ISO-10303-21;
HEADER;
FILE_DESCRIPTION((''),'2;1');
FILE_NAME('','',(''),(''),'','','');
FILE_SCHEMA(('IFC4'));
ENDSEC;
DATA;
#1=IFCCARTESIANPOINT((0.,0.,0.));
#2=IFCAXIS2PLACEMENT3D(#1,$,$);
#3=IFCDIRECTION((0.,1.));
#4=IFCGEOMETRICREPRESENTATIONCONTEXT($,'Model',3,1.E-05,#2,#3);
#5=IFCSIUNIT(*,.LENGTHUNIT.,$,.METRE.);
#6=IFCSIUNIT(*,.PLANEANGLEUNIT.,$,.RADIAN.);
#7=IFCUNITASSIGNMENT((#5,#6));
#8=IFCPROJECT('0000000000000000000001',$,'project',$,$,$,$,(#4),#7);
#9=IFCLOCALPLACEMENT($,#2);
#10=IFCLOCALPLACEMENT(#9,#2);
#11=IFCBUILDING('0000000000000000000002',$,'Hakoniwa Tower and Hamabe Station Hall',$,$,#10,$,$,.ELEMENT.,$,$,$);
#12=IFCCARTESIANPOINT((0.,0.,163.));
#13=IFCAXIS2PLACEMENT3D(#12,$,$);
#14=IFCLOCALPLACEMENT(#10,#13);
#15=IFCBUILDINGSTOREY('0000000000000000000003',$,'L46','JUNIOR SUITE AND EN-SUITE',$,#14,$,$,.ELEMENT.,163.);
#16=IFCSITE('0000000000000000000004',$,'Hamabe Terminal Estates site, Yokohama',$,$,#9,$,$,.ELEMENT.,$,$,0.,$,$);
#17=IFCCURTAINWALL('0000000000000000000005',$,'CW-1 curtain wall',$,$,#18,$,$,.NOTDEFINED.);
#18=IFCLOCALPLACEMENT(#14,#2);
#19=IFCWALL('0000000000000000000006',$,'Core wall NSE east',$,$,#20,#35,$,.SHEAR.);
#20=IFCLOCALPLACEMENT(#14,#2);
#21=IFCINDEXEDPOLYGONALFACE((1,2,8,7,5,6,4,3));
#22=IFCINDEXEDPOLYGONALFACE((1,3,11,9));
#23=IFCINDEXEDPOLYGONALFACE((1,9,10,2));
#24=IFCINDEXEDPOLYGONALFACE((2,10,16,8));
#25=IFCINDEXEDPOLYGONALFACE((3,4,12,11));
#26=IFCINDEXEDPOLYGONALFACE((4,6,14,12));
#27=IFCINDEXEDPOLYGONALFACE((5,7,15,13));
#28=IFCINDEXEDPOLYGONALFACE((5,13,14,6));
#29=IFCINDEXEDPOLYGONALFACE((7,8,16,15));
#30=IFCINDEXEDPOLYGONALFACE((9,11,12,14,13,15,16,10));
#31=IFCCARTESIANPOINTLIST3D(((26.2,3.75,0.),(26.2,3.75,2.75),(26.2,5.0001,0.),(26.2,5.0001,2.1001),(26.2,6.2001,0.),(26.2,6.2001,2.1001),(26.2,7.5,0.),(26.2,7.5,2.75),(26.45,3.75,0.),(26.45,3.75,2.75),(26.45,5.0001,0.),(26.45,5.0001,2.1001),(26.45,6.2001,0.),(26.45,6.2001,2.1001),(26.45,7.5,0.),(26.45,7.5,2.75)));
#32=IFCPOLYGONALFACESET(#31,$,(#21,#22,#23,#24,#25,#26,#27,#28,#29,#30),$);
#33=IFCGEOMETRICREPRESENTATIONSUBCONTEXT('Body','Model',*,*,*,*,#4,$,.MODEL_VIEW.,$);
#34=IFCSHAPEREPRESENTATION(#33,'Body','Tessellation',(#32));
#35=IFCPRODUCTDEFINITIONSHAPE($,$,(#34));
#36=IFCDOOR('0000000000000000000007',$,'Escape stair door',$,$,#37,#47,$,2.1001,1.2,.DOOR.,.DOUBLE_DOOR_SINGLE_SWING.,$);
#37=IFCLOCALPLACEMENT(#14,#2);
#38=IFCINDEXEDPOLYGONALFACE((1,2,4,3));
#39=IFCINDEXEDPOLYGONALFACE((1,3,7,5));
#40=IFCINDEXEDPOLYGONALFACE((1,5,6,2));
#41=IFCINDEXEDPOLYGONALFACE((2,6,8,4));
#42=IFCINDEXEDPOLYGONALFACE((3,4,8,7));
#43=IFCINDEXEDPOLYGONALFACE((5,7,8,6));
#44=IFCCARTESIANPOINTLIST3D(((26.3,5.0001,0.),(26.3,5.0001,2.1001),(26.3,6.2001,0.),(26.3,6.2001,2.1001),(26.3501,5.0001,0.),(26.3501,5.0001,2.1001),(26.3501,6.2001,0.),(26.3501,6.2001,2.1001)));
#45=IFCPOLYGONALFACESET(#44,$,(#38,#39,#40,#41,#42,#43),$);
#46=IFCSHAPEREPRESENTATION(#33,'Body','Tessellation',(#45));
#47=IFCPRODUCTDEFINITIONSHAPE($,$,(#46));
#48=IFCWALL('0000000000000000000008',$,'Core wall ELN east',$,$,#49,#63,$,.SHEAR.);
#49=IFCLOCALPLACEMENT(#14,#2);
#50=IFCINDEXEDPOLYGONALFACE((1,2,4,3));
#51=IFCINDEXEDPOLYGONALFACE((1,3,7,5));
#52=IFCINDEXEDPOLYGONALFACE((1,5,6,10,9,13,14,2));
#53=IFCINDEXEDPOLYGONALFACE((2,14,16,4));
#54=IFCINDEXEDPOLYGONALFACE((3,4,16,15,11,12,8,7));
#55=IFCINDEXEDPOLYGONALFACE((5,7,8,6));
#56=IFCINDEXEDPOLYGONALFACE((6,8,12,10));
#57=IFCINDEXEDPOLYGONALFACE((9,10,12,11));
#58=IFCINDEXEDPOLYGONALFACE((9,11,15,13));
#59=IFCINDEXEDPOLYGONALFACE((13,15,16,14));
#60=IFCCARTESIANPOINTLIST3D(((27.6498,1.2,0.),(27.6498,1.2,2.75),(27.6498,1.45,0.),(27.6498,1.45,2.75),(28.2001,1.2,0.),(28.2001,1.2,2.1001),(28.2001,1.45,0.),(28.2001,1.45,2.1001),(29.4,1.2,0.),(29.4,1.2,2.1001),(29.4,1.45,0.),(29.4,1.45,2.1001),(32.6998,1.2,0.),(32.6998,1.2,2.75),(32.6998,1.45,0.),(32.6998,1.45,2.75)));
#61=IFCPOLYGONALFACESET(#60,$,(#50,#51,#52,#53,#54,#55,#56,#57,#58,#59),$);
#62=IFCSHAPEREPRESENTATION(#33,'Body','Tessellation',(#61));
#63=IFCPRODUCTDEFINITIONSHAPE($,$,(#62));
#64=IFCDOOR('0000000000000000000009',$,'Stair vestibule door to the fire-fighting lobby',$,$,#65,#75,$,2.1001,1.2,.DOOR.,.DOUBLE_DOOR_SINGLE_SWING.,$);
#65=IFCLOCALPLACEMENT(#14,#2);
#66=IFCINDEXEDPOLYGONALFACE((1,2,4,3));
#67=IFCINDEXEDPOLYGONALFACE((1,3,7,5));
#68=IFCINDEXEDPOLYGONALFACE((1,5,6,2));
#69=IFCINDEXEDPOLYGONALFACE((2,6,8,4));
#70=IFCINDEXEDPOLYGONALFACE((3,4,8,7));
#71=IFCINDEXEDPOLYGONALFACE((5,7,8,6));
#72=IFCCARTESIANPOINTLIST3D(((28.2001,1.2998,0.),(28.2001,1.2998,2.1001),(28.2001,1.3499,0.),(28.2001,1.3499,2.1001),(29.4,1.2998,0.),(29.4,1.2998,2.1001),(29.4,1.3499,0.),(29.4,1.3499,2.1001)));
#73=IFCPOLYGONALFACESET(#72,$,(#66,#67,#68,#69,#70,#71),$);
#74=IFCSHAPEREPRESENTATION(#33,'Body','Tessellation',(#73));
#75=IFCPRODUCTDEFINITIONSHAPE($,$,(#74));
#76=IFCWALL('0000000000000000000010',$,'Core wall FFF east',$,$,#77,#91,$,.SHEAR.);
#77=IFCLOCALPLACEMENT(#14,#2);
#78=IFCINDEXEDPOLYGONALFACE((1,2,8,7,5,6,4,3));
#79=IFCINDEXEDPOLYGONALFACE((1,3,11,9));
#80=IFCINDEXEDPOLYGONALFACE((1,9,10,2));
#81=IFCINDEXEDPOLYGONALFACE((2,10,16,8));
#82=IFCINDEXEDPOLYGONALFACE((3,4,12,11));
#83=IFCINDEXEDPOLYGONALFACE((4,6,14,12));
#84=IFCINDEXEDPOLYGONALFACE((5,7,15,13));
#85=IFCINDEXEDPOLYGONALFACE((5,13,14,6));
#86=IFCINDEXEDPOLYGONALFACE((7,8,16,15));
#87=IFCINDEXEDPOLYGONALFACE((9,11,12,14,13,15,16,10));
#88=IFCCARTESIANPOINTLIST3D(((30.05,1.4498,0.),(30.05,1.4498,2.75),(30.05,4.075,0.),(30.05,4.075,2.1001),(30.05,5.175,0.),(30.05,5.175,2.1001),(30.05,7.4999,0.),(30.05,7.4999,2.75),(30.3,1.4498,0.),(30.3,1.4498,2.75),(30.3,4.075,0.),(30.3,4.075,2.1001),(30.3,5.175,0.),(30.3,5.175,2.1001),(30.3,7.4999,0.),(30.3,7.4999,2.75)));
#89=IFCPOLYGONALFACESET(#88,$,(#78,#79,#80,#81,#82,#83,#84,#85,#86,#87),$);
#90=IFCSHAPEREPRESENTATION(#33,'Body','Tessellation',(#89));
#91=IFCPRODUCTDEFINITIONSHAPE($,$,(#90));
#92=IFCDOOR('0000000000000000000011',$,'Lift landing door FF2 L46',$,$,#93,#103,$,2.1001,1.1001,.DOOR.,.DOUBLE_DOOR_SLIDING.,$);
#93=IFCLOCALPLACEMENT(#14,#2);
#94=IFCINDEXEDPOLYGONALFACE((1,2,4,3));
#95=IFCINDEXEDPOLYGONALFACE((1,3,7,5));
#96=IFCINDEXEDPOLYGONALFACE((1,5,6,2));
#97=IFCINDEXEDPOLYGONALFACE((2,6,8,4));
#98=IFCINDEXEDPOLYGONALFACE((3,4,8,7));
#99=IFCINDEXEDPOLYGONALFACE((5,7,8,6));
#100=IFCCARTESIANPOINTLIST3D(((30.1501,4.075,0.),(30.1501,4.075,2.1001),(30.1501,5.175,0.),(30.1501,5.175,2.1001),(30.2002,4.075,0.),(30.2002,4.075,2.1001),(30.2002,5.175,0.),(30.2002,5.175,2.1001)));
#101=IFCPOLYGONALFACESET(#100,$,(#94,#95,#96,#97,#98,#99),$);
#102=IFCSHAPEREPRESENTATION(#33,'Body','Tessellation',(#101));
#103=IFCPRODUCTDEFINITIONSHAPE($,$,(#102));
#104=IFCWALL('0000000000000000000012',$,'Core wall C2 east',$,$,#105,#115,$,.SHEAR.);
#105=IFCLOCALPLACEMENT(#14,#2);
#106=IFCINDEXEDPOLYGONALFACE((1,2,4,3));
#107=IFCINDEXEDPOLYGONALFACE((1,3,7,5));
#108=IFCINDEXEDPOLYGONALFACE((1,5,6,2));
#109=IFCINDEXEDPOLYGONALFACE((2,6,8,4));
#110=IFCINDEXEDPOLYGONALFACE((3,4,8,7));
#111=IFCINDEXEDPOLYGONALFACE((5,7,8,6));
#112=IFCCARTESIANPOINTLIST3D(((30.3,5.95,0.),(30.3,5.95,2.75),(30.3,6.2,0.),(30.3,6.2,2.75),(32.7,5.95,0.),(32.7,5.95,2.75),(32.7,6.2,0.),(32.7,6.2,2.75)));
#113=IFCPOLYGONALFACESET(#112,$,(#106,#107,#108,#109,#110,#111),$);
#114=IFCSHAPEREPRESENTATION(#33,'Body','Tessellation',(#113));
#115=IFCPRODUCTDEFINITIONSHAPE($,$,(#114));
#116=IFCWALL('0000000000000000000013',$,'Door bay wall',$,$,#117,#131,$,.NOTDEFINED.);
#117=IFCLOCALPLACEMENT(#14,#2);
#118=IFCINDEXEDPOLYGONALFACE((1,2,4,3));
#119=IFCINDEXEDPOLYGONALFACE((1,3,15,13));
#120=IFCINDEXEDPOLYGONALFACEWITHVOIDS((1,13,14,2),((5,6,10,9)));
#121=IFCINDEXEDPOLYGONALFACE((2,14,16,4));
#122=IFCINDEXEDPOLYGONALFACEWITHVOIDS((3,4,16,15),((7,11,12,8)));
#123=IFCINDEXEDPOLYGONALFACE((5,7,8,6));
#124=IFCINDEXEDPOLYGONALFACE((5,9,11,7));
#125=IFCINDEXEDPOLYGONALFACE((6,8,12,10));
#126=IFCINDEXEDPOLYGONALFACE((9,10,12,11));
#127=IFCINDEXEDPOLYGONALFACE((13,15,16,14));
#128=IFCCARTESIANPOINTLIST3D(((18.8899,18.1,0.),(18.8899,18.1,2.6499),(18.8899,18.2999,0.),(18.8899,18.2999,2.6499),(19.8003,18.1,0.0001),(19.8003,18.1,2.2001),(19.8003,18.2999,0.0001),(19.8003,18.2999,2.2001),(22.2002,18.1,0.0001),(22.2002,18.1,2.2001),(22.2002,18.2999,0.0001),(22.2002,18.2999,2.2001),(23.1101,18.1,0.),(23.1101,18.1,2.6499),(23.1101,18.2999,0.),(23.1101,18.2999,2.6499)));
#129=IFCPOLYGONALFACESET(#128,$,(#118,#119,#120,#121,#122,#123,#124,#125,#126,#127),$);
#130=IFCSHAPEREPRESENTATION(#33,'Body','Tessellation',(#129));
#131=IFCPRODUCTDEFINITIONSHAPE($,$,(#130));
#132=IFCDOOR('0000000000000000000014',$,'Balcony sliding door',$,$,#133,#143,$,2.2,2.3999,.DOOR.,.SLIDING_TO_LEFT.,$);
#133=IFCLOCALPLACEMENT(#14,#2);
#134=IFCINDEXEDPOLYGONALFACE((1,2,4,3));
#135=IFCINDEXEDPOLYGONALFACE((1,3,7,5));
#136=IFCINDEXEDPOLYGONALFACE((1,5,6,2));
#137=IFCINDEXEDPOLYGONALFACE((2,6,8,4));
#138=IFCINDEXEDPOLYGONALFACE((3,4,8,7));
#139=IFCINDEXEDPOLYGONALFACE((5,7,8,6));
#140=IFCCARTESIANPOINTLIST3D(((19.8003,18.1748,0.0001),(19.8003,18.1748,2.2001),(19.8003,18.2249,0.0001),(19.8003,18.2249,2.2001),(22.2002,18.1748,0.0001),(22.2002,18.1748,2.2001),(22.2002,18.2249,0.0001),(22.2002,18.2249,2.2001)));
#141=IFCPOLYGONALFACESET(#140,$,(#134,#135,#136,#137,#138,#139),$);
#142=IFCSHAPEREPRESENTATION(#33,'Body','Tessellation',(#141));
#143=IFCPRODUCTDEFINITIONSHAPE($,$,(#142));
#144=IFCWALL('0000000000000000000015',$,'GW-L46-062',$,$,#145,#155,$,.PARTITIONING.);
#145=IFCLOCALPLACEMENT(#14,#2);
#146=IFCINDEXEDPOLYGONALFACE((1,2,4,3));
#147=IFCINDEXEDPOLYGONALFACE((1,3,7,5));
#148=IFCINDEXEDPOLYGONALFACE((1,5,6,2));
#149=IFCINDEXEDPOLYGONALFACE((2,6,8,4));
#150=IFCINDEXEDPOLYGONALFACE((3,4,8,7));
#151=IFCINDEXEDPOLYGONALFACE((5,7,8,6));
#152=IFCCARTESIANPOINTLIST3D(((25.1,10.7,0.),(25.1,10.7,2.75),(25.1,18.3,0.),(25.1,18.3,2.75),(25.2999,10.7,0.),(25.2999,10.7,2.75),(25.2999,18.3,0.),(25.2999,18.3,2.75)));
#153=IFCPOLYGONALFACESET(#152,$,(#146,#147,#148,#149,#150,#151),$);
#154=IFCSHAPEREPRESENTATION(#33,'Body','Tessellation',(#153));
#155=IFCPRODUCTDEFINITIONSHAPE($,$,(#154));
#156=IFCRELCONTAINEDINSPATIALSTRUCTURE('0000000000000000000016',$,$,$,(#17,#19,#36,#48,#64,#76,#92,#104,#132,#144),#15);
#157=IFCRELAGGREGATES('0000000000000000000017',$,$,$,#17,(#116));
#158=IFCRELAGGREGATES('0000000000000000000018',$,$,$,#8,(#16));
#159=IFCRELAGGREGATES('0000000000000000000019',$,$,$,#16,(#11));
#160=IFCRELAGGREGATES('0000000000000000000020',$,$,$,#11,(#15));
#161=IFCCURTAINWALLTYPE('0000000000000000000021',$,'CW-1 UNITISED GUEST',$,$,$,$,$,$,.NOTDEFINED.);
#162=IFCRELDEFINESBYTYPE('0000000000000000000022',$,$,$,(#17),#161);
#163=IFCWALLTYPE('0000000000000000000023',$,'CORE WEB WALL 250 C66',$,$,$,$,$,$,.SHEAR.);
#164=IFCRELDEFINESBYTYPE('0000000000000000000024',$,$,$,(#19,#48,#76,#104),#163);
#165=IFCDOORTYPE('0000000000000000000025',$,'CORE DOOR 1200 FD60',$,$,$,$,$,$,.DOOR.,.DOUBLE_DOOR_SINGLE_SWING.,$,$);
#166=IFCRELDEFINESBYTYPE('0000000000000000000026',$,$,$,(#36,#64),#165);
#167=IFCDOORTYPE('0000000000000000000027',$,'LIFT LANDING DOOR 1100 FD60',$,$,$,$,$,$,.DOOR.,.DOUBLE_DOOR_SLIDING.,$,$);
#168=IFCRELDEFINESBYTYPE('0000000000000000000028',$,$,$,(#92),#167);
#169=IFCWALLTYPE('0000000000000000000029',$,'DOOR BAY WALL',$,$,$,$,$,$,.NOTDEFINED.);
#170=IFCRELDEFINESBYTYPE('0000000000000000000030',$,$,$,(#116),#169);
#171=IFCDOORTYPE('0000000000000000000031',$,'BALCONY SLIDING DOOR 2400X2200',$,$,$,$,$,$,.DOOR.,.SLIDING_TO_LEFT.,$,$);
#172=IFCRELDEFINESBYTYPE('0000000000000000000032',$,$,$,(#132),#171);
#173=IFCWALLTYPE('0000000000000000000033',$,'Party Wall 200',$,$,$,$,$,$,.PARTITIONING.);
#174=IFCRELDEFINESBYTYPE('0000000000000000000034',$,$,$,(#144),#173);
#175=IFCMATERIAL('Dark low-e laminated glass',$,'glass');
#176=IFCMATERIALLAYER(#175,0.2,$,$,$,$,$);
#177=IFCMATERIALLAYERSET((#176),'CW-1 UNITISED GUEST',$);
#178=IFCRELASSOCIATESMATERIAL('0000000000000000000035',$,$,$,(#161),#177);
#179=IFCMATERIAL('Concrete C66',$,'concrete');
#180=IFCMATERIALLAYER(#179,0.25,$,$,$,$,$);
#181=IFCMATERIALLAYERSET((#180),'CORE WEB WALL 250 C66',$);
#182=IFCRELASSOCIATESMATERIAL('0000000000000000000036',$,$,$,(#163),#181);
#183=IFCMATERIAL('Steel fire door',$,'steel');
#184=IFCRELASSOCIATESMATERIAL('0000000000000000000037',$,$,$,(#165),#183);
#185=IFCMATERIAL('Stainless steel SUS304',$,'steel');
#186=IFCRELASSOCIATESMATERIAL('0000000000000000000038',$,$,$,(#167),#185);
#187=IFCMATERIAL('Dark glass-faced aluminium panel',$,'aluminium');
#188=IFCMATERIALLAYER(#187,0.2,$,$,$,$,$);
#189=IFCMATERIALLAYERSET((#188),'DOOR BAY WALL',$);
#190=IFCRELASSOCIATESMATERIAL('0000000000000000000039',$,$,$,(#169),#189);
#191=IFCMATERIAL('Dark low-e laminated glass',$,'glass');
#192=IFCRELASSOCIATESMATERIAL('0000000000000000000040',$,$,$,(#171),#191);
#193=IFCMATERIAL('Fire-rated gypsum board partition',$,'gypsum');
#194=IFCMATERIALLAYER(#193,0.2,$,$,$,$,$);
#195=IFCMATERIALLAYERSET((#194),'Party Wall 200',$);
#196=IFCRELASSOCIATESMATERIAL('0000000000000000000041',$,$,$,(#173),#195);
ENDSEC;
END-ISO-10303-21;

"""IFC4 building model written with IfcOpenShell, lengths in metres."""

from ifc_helpers import new_model, si_unit, direction, frame, frame_2d, origin, place, context, subcontext, project, spatial, rectangle, extrude, material, layer, layer_set, type_object, element, fill, aggregate, save


model = new_model("IFC4")

# Units and contexts
model_context = context("Model", 3, precision=1e-05, world=origin(), true_north=direction((0.0, 1.0)))
body_context = subcontext(model_context, "Body", "Model", "MODEL_VIEW")
ifc_project = project(units=[si_unit("LENGTHUNIT", "METRE"), si_unit("PLANEANGLEUNIT", "RADIAN")], contexts=[model_context])

# Site, building, storey
site_placement = place(None, origin())
site = spatial("IfcSite", under=ifc_project, at=site_placement, Name="Hamabe Terminal Estates site, Yokohama", CompositionType="ELEMENT", RefElevation=0.0)
building_placement = place(site_placement, origin())
building = spatial("IfcBuilding", under=site, at=building_placement, Name="Hakoniwa Tower and Hamabe Station Hall", CompositionType="ELEMENT")
storey_placement = place(building_placement, frame((0.0, 0.0, 163.0)))
storey = spatial("IfcBuildingStorey", under=building, at=storey_placement, Name="L46", Description="JUNIOR SUITE AND EN-SUITE", CompositionType="ELEMENT", Elevation=163.0)

# Curtain wall
ifc_material_1 = material(Name="Dark low-e laminated glass", Category="glass")
ifc_layer_1 = layer(ifc_material_1, 0.2)
ifc_layer_set_1 = layer_set([ifc_layer_1], Name="CW-1 UNITISED GUEST")
curtain_wall_type = type_object("IfcCurtainWallType", Name="CW-1 UNITISED GUEST", PredefinedType="NOTDEFINED", material=ifc_layer_set_1)
curtain_wall_placement = place(storey_placement, origin())
curtain_wall = element("IfcCurtainWall", 1, at=curtain_wall_placement, inside=storey, type_object=curtain_wall_type, Name="CW-1 curtain wall", PredefinedType="NOTDEFINED")

# Shared definitions
ifc_material_2 = material(Name="Concrete C66", Category="concrete")
ifc_layer_2 = layer(ifc_material_2, 0.25)
ifc_layer_set_2 = layer_set([ifc_layer_2], Name="CORE WEB WALL 250 C66")
wall_type_1 = type_object("IfcWallType", Name="CORE WEB WALL 250 C66", PredefinedType="SHEAR", material=ifc_layer_set_2)

# Walls, openings, doors
wall_1_placement = place(storey_placement, frame((26.325, 3.75, 0.0), z_axis=(0.0, 0.0, 1.0), x_axis=(0.0, 1.0, 0.0)))
wall_1 = element("IfcWall", 2, at=wall_1_placement, inside=storey, type_object=wall_type_1, Name="Core wall NSE east", PredefinedType="SHEAR", context=body_context, shape_type="SweptSolid", body=[
    extrude(rectangle(XDim=3.75, YDim=0.25, at=frame_2d((1.875, 0.0))), origin(), (0.0, 0.0, 1.0), 2.75),
])
opening_1_placement = place(wall_1_placement, frame((1.25, 0.0, 0.0)))
opening_1 = element("IfcOpeningElement", 3, at=opening_1_placement, cuts=wall_1, PredefinedType="OPENING", context=body_context, shape_type="SweptSolid", body=[
    extrude(rectangle(XDim=1.2, YDim=2.1001, at=frame_2d((0.6001, 1.05))), frame((0.0, 0.135, 0.0), z_axis=(0.0, -1.0, 0.0), x_axis=(1.0, 0.0, 0.0)), (0.0, 0.0, 1.0), 0.27),
])
ifc_material_3 = material(Name="Steel fire door", Category="steel")
door_type_1 = type_object("IfcDoorType", Name="CORE DOOR 1200 FD60", OperationType="DOUBLE_DOOR_SINGLE_SWING", PredefinedType="DOOR", material=ifc_material_3)
door_1_placement = place(opening_1_placement, origin())
door_1 = element("IfcDoor", 4, at=door_1_placement, inside=storey, type_object=door_type_1, Name="Escape stair door", OperationType="DOUBLE_DOOR_SINGLE_SWING", OverallHeight=2.1001, OverallWidth=1.2, PredefinedType="DOOR", context=body_context, shape_type="SweptSolid", body=[
    extrude(rectangle(XDim=1.2, YDim=2.1001, at=frame_2d((0.6001, 1.05))), frame((0.0, 0.0249, 0.0), z_axis=(0.0, -1.0, 0.0), x_axis=(1.0, 0.0, 0.0)), (0.0, 0.0, 1.0), 0.05),
])
fill(opening_1, door_1)
wall_2_placement = place(storey_placement, frame((27.6499, 1.325, 0.0), z_axis=(0.0, 0.0, 1.0), x_axis=(1.0, 0.0, 0.0)))
wall_2 = element("IfcWall", 5, at=wall_2_placement, inside=storey, type_object=wall_type_1, Name="Core wall ELN east", PredefinedType="SHEAR", context=body_context, shape_type="SweptSolid", body=[
    extrude(rectangle(XDim=5.05, YDim=0.25, at=frame_2d((2.5249, 0.0))), origin(), (0.0, 0.0, 1.0), 2.75),
])
opening_2_placement = place(wall_2_placement, frame((0.55, 0.0, 0.0)))
opening_2 = element("IfcOpeningElement", 6, at=opening_2_placement, cuts=wall_2, PredefinedType="OPENING", context=body_context, shape_type="SweptSolid", body=[
    extrude(rectangle(XDim=1.2, YDim=2.1001, at=frame_2d((0.6001, 1.05))), frame((0.0, 0.135, 0.0), z_axis=(0.0, -1.0, 0.0), x_axis=(1.0, 0.0, 0.0)), (0.0, 0.0, 1.0), 0.27),
])
door_2_placement = place(opening_2_placement, origin())
door_2 = element("IfcDoor", 7, at=door_2_placement, inside=storey, type_object=door_type_1, Name="Stair vestibule door to the fire-fighting lobby", OperationType="DOUBLE_DOOR_SINGLE_SWING", OverallHeight=2.1001, OverallWidth=1.2, PredefinedType="DOOR", context=body_context, shape_type="SweptSolid", body=[
    extrude(rectangle(XDim=1.2, YDim=2.1001, at=frame_2d((0.6001, 1.05))), frame((0.0, 0.0249, 0.0), z_axis=(0.0, -1.0, 0.0), x_axis=(1.0, 0.0, 0.0)), (0.0, 0.0, 1.0), 0.05),
])
fill(opening_2, door_2)
wall_3_placement = place(storey_placement, frame((30.175, 1.45, 0.0), z_axis=(0.0, 0.0, 1.0), x_axis=(0.0, 1.0, 0.0)))
wall_3 = element("IfcWall", 8, at=wall_3_placement, inside=storey, type_object=wall_type_1, Name="Core wall FFF east", PredefinedType="SHEAR", context=body_context, shape_type="SweptSolid", body=[
    extrude(rectangle(XDim=6.05, YDim=0.25, at=frame_2d((3.0249, 0.0))), origin(), (0.0, 0.0, 1.0), 2.75),
])
opening_3_placement = place(wall_3_placement, frame((2.625, 0.0, 0.0)))
opening_3 = element("IfcOpeningElement", 9, at=opening_3_placement, cuts=wall_3, PredefinedType="OPENING", context=body_context, shape_type="SweptSolid", body=[
    extrude(rectangle(XDim=1.1001, YDim=2.1001, at=frame_2d((0.55, 1.05))), frame((0.0, 0.135, 0.0), z_axis=(0.0, -1.0, 0.0), x_axis=(1.0, 0.0, 0.0)), (0.0, 0.0, 1.0), 0.27),
])
ifc_material_4 = material(Name="Stainless steel SUS304", Category="steel")
door_type_2 = type_object("IfcDoorType", Name="LIFT LANDING DOOR 1100 FD60", OperationType="DOUBLE_DOOR_SLIDING", PredefinedType="DOOR", material=ifc_material_4)
door_3_placement = place(opening_3_placement, origin())
door_3 = element("IfcDoor", 10, at=door_3_placement, inside=storey, type_object=door_type_2, Name="Lift landing door FF2 L46", OperationType="DOUBLE_DOOR_SLIDING", OverallHeight=2.1001, OverallWidth=1.1001, PredefinedType="DOOR", context=body_context, shape_type="SweptSolid", body=[
    extrude(rectangle(XDim=1.1001, YDim=2.1001, at=frame_2d((0.55, 1.05))), frame((0.0, 0.0249, 0.0), z_axis=(0.0, -1.0, 0.0), x_axis=(1.0, 0.0, 0.0)), (0.0, 0.0, 1.0), 0.05),
])
fill(opening_3, door_3)

# Wall
wall_4_placement = place(storey_placement, frame((30.3, 6.075, 0.0), z_axis=(0.0, 0.0, 1.0), x_axis=(1.0, 0.0, 0.0)))
element("IfcWall", 11, at=wall_4_placement, inside=storey, type_object=wall_type_1, Name="Core wall C2 east", PredefinedType="SHEAR", context=body_context, shape_type="SweptSolid", body=[
    extrude(rectangle(XDim=2.3999, YDim=0.25, at=frame_2d((1.2, 0.0))), origin(), (0.0, 0.0, 1.0), 2.75),
])

# Wall, opening, door
ifc_material_5 = material(Name="Dark glass-faced aluminium panel", Category="aluminium")
ifc_layer_3 = layer(ifc_material_5, 0.2)
ifc_layer_set_3 = layer_set([ifc_layer_3], Name="DOOR BAY WALL")
wall_type_2 = type_object("IfcWallType", Name="DOOR BAY WALL", PredefinedType="NOTDEFINED", material=ifc_layer_set_3)
wall_5_placement = place(storey_placement, frame((23.1101, 18.2, 0.0), z_axis=(0.0, 0.0, 1.0), x_axis=(-1.0, 0.0, 0.0)))
wall_5 = element("IfcWall", 12, at=wall_5_placement, type_object=wall_type_2, Name="Door bay wall", PredefinedType="NOTDEFINED", context=body_context, shape_type="SweptSolid", body=[
    extrude(rectangle(XDim=4.2202, YDim=0.2, at=frame_2d((2.1101, 0.0))), origin(), (0.0, 0.0, 1.0), 2.6499),
])
opening_4_placement = place(wall_5_placement, frame((0.9099, 0.0, 0.0)))
opening_4 = element("IfcOpeningElement", 13, at=opening_4_placement, cuts=wall_5, PredefinedType="OPENING", context=body_context, shape_type="SweptSolid", body=[
    extrude(rectangle(XDim=2.3999, YDim=2.2, at=frame_2d((1.2, 1.1001))), frame((0.0, 0.1099, 0.0), z_axis=(0.0, -1.0, 0.0), x_axis=(1.0, 0.0, 0.0)), (0.0, 0.0, 1.0), 0.22),
])
ifc_material_6 = material(Name="Dark low-e laminated glass", Category="glass")
door_type_3 = type_object("IfcDoorType", Name="BALCONY SLIDING DOOR 2400X2200", OperationType="SLIDING_TO_LEFT", PredefinedType="DOOR", material=ifc_material_6)
door_4_placement = place(opening_4_placement, frame((2.3999, 0.0, 0.0), z_axis=(0.0, 0.0, 1.0), x_axis=(-1.0, 0.0, 0.0)))
door_4 = element("IfcDoor", 14, at=door_4_placement, inside=storey, type_object=door_type_3, Name="Balcony sliding door", OperationType="SLIDING_TO_LEFT", OverallHeight=2.2, OverallWidth=2.3999, PredefinedType="DOOR", context=body_context, shape_type="SweptSolid", body=[
    extrude(rectangle(XDim=2.3999, YDim=2.2, at=frame_2d((1.2, 1.1001))), frame((0.0, 0.0249, 0.0), z_axis=(0.0, -1.0, 0.0), x_axis=(1.0, 0.0, 0.0)), (0.0, 0.0, 1.0), 0.05),
])
fill(opening_4, door_4)
aggregate(curtain_wall, [wall_5])

# Wall
ifc_material_7 = material(Name="Fire-rated gypsum board partition", Category="gypsum")
ifc_layer_4 = layer(ifc_material_7, 0.2)
ifc_layer_set_4 = layer_set([ifc_layer_4], Name="Party Wall 200")
wall_type_3 = type_object("IfcWallType", Name="Party Wall 200", PredefinedType="PARTITIONING", material=ifc_layer_set_4)
wall_6_placement = place(storey_placement, frame((25.2, 10.7, 0.0), z_axis=(0.0, 0.0, 1.0), x_axis=(0.0, 1.0, 0.0)))
element("IfcWall", 15, at=wall_6_placement, inside=storey, type_object=wall_type_3, Name="GW-L46-062", PredefinedType="PARTITIONING", context=body_context, shape_type="SweptSolid", body=[
    extrude(rectangle(XDim=7.6001, YDim=0.2, at=frame_2d((3.8, 0.0))), origin(), (0.0, 0.0, 1.0), 2.75),
])

save(model, "model.ifc")
